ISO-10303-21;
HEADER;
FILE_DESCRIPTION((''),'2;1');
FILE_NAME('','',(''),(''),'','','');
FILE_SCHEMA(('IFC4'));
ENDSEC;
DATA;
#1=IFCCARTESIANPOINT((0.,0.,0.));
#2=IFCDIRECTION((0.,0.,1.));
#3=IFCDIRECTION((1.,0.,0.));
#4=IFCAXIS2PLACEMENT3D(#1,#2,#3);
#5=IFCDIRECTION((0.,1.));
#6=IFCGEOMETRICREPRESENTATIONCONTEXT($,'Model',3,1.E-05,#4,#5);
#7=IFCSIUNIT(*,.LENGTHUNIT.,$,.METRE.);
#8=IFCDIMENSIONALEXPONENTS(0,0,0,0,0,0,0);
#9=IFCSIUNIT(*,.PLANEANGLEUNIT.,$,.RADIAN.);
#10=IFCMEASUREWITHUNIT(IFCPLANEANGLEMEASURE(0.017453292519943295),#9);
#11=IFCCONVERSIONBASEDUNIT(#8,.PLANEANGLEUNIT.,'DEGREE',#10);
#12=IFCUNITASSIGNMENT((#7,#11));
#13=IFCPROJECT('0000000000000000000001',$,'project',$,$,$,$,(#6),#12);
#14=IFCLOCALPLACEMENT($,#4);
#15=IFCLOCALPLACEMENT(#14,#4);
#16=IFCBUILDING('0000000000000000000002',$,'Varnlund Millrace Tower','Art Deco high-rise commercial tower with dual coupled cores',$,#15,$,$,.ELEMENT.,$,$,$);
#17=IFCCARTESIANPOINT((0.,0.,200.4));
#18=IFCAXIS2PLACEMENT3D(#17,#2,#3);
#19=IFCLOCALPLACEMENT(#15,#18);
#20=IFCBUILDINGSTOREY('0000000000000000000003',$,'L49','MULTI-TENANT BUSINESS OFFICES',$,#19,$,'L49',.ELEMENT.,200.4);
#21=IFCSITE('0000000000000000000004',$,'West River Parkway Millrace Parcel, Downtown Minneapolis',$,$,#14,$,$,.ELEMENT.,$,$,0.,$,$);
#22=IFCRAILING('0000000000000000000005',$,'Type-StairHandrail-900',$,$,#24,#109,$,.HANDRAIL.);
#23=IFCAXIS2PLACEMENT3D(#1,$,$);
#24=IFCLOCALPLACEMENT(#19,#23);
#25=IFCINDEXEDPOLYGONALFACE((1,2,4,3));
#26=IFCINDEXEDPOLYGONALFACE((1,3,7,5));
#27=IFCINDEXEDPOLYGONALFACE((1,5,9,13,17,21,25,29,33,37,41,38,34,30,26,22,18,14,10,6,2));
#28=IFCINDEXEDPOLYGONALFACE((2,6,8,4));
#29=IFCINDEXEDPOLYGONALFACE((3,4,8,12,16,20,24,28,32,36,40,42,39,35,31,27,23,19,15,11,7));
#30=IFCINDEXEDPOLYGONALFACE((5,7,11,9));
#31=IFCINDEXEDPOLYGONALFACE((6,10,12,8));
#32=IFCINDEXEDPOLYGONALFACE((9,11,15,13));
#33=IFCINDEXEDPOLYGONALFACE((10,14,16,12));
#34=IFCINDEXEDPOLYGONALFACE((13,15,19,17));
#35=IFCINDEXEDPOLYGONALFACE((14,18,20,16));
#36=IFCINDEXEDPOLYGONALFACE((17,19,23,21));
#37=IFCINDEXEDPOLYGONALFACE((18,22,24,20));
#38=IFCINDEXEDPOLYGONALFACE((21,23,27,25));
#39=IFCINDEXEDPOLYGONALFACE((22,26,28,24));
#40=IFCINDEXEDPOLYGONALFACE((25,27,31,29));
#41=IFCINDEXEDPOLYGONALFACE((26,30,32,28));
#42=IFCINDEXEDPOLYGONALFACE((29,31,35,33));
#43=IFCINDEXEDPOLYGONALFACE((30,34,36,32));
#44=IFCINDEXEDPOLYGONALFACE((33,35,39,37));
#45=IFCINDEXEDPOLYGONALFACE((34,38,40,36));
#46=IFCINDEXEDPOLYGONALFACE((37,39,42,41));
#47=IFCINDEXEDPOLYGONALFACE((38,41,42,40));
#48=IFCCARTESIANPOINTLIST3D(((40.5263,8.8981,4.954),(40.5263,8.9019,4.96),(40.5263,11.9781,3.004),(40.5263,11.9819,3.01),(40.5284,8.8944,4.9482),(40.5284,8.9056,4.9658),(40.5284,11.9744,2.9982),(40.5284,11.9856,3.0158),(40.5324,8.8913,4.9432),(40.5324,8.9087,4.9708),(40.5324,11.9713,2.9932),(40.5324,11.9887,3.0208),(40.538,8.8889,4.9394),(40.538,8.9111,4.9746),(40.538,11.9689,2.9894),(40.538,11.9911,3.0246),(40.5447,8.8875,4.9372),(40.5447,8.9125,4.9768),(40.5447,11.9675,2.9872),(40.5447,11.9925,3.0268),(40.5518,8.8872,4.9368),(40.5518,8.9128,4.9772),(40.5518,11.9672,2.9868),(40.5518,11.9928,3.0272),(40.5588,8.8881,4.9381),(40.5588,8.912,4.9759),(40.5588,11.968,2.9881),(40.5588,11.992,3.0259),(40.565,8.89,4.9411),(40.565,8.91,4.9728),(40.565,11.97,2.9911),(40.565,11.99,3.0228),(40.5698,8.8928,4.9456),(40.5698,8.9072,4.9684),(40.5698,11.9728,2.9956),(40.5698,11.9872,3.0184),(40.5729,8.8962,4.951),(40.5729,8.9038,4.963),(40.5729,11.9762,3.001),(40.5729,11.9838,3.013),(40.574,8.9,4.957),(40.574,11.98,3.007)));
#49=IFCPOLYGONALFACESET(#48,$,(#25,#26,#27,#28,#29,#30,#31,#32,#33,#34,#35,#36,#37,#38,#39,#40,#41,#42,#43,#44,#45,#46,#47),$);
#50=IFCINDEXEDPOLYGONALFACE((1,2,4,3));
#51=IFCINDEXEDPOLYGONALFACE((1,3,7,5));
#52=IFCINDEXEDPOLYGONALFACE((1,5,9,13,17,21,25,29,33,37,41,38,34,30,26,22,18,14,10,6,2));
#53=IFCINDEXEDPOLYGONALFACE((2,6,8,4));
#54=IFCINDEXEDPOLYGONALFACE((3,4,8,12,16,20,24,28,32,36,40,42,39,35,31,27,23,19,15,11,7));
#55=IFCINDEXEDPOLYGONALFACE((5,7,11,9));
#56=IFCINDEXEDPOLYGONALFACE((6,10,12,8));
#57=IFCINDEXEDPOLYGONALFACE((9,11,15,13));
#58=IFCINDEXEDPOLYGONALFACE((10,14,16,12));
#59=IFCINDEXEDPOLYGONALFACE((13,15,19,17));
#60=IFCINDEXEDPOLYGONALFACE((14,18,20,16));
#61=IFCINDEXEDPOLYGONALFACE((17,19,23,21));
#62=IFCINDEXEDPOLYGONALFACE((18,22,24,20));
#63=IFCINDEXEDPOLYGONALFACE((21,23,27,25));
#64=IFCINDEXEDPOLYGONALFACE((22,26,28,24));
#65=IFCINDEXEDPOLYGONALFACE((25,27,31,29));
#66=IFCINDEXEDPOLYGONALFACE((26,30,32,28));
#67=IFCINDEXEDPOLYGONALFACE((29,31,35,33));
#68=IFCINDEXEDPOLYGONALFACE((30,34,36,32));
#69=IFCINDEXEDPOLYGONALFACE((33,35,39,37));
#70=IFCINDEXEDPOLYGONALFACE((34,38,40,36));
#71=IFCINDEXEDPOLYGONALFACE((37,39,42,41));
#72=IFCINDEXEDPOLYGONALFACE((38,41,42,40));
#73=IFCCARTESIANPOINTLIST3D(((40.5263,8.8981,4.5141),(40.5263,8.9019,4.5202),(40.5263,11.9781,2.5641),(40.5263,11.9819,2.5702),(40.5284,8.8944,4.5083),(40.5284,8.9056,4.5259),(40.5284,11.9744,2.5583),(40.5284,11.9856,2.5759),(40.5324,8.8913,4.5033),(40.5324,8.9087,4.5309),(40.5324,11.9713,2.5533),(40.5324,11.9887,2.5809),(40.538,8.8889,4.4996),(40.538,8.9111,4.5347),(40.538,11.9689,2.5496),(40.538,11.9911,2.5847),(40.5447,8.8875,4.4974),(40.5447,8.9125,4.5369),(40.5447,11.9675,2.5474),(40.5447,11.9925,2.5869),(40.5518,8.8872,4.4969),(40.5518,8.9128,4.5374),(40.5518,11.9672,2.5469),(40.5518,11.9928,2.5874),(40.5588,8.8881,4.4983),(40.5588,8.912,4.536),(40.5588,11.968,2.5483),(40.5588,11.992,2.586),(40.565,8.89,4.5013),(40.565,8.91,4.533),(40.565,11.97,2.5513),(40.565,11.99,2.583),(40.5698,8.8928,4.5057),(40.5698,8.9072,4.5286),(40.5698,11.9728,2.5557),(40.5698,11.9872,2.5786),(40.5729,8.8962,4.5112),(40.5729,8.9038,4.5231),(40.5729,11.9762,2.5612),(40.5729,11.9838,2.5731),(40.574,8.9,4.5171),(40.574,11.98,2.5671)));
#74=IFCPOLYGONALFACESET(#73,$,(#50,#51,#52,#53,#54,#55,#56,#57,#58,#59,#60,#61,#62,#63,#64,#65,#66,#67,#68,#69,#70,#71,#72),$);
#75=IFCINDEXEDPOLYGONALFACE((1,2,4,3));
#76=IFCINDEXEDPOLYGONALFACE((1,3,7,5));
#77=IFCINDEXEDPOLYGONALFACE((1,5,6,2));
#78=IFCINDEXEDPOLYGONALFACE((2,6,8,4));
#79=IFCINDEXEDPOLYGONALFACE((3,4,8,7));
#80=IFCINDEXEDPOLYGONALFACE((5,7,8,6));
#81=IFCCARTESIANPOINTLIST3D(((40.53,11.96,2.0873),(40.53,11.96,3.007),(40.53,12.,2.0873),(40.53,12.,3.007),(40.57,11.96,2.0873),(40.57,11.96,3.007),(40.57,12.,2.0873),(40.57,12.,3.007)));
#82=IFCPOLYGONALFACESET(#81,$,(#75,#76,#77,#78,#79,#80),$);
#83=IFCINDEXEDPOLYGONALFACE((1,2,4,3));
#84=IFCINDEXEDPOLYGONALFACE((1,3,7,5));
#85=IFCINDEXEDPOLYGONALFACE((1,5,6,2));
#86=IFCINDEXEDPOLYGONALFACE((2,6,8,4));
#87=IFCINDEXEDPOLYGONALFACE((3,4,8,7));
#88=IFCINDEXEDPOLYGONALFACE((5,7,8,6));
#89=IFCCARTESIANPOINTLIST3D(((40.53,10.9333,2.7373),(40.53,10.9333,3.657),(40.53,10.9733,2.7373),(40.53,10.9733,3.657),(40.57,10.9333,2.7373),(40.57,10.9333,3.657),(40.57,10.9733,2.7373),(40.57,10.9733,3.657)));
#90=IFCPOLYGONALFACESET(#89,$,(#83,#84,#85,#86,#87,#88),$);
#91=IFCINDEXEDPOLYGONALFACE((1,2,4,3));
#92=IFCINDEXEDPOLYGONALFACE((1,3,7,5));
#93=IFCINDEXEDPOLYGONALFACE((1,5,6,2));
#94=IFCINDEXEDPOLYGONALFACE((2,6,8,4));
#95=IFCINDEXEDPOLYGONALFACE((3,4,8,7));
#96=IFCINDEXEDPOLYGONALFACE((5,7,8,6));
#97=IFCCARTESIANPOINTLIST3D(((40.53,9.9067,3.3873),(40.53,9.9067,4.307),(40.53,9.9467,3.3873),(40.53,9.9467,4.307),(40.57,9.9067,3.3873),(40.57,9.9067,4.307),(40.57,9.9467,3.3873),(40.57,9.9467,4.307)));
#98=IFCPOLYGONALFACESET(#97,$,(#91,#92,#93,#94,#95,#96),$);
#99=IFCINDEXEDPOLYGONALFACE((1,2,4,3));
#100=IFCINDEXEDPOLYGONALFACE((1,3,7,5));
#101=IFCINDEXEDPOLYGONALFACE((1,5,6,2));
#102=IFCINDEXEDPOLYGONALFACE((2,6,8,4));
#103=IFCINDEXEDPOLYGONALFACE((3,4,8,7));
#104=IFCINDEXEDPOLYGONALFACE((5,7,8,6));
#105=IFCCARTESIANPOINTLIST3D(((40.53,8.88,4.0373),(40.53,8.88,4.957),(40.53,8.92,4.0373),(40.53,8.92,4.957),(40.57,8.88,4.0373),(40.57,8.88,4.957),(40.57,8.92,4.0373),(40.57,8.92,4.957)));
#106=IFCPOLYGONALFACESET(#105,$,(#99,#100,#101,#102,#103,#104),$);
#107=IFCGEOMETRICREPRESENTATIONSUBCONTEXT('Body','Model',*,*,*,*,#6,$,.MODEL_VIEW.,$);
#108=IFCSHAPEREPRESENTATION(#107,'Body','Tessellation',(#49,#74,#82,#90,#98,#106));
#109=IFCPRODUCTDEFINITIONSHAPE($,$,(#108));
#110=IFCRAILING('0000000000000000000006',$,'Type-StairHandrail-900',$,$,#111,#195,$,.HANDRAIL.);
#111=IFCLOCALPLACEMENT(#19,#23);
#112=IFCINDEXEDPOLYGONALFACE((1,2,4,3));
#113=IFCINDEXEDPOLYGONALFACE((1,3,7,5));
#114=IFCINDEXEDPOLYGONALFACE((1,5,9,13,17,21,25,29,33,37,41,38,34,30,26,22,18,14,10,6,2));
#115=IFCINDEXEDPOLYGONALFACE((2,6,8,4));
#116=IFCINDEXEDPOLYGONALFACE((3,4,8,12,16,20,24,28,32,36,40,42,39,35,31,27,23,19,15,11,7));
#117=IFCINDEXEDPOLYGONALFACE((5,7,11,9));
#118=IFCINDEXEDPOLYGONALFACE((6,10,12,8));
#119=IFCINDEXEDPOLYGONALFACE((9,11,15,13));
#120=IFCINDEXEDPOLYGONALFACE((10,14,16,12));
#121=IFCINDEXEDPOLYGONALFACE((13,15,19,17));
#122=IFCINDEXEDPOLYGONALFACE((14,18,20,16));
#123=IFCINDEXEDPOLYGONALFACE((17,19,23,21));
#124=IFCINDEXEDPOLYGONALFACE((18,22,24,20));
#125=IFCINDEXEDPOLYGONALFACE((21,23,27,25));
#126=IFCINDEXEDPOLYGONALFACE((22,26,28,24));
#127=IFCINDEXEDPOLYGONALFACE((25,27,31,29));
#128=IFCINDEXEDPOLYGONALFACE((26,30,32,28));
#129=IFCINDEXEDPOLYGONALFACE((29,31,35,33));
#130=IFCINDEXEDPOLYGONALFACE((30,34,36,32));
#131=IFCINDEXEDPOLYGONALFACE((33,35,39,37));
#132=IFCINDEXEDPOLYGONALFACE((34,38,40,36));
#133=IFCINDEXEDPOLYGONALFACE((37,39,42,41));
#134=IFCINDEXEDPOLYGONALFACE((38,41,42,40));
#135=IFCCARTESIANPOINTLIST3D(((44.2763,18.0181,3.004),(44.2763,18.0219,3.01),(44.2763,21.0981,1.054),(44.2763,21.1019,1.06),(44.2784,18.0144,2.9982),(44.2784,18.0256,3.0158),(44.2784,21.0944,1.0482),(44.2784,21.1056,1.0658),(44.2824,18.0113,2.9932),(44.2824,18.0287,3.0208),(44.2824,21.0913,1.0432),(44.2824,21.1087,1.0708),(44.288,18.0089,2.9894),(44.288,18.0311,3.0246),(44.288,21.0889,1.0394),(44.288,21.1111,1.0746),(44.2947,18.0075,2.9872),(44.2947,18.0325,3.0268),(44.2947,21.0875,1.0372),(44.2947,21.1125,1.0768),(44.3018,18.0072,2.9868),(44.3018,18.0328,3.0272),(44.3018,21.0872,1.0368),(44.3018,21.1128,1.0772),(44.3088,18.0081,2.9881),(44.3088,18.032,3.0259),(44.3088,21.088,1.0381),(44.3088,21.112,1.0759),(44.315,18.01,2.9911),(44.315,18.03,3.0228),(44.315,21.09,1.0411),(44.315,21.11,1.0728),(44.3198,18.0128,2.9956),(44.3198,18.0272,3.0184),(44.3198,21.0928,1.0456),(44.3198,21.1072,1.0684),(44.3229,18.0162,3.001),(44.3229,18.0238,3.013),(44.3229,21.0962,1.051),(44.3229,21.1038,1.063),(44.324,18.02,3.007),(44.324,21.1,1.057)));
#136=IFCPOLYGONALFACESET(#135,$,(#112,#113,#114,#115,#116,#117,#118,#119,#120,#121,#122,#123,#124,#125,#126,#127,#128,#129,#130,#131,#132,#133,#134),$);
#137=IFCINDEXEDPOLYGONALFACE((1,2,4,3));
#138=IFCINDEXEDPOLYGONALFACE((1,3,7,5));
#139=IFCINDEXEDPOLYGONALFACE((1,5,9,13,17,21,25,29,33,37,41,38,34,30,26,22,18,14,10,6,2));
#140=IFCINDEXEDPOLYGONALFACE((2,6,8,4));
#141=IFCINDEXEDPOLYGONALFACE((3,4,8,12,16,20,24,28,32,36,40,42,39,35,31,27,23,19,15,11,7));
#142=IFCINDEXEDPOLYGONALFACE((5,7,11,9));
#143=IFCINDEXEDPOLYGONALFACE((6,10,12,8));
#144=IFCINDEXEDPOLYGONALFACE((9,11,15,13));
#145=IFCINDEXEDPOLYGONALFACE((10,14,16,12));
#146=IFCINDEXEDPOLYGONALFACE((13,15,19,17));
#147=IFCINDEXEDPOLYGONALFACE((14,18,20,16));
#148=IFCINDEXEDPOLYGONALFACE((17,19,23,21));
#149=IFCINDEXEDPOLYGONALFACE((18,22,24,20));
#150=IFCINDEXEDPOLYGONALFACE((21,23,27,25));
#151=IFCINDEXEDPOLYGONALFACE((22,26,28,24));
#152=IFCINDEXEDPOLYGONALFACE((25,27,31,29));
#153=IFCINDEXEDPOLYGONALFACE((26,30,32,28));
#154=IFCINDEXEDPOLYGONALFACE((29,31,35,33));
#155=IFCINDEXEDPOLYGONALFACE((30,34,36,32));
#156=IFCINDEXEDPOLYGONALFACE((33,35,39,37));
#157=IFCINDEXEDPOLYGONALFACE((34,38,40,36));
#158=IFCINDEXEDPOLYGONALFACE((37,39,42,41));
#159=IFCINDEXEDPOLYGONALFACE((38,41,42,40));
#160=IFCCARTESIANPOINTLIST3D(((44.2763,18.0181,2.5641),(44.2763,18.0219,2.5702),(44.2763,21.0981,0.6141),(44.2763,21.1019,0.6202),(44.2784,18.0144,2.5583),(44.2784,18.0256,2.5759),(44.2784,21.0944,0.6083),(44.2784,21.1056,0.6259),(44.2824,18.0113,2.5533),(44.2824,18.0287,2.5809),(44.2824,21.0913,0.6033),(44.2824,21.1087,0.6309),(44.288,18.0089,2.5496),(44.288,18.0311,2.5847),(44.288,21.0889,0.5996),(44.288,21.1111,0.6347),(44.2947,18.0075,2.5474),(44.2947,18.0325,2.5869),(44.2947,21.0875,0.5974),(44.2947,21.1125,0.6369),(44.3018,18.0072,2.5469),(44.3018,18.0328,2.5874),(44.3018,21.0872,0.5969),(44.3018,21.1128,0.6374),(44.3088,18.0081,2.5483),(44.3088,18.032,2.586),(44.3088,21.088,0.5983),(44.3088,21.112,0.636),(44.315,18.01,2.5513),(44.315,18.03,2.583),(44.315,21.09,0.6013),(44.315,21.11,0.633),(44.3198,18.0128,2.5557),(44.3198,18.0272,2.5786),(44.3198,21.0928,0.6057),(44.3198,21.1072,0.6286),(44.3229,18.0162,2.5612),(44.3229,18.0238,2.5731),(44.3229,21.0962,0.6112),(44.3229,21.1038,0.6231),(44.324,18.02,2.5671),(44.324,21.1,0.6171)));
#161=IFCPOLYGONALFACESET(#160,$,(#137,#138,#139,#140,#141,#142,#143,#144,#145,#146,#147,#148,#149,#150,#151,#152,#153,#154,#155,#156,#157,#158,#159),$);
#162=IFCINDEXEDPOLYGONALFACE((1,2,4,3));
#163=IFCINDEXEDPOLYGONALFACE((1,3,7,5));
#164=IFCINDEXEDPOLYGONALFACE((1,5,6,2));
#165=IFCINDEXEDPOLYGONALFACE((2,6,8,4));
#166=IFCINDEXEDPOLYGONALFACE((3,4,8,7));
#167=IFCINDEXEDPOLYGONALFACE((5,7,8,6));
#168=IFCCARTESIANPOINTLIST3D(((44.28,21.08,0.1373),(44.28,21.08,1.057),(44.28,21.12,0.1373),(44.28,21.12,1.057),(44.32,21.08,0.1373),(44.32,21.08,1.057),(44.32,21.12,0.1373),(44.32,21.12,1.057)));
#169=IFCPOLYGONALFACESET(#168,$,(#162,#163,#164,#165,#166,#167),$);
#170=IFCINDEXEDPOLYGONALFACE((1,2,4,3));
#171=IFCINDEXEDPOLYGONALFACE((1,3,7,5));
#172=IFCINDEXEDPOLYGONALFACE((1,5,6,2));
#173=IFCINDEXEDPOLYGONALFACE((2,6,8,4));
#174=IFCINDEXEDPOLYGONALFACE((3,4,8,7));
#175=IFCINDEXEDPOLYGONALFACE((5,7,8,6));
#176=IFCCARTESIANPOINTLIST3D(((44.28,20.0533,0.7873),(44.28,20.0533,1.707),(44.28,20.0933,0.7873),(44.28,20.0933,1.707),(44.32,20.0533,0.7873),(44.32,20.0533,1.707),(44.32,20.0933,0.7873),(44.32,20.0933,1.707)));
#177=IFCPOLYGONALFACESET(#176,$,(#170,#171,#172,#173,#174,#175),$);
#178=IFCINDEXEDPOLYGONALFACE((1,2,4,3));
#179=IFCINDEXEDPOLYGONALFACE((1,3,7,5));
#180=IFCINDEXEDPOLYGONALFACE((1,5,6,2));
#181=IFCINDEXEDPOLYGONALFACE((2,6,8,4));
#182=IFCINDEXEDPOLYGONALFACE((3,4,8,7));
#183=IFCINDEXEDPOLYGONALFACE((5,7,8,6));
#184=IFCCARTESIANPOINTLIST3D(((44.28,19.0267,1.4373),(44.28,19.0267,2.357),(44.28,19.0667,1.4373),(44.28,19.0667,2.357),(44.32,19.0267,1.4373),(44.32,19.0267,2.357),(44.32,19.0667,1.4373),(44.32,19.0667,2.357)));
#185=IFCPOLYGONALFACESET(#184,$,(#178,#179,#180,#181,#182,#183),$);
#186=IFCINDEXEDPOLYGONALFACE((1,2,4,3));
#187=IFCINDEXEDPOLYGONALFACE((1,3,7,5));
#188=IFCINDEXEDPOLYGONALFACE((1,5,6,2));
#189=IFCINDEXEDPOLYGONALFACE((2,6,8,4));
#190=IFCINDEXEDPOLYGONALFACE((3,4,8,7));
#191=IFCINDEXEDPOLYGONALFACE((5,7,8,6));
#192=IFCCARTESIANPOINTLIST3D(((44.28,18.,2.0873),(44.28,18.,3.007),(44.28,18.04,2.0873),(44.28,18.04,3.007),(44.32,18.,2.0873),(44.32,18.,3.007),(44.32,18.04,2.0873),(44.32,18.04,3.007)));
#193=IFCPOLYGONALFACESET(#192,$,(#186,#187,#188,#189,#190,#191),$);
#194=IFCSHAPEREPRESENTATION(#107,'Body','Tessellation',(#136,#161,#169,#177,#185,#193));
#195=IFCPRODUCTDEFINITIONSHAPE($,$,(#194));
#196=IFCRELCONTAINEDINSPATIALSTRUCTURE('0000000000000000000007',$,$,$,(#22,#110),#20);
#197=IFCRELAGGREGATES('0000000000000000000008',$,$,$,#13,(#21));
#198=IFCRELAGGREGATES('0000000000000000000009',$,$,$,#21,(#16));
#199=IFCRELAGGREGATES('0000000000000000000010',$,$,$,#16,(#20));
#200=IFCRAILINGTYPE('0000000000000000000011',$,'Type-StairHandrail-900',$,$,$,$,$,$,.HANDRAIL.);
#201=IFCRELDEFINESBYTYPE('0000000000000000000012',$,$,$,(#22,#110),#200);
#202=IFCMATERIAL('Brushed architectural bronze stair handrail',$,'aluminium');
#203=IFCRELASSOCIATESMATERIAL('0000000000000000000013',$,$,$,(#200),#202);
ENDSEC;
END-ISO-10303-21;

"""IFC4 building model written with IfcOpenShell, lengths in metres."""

from ifc_helpers import new_model, entity, si_unit, converted_unit, direction, frame, origin_with_axes, origin_2d_with_axis, place, context, subcontext, project, spatial, rectangle, circle, extrude, material, type_object, element, save


model = new_model("IFC4")

# Units and contexts
model_context = context("Model", 3, precision=1e-05, world=origin_with_axes(), true_north=direction((0.0, 1.0)))
body_context = subcontext(model_context, "Body", "Model", "MODEL_VIEW")
ifc_project = project(units=[si_unit("LENGTHUNIT", "METRE"), converted_unit("PLANEANGLEUNIT", "DEGREE", entity("IfcPlaneAngleMeasure", 0.017453292519943295), si_unit("PLANEANGLEUNIT", "RADIAN"), dimensions=[0, 0, 0, 0, 0, 0, 0])], contexts=[model_context])

# Site, building, storey
site_placement = place(None, origin_with_axes())
site = spatial("IfcSite", under=ifc_project, at=site_placement, Name="West River Parkway Millrace Parcel, Downtown Minneapolis", CompositionType="ELEMENT", RefElevation=0.0)
building_placement = place(site_placement, origin_with_axes())
building = spatial("IfcBuilding", under=site, at=building_placement, Name="Varnlund Millrace Tower", Description="Art Deco high-rise commercial tower with dual coupled cores", CompositionType="ELEMENT")
storey_placement = place(building_placement, frame((0.0, 0.0, 200.4), z_axis=(0.0, 0.0, 1.0), x_axis=(1.0, 0.0, 0.0)))
storey = spatial("IfcBuildingStorey", under=building, at=storey_placement, Name="L49", Description="MULTI-TENANT BUSINESS OFFICES", LongName="L49", CompositionType="ELEMENT", Elevation=200.4)

# Railings
ifc_material_1 = material(Name="Brushed architectural bronze stair handrail", Category="aluminium")
railing_type_1 = type_object("IfcRailingType", Name="Type-StairHandrail-900", PredefinedType="HANDRAIL", material=ifc_material_1)
railing_1_placement = place(storey_placement, frame((0.0, 0.0, -200.4), z_axis=(0.0, 0.0, 1.0), x_axis=(1.0, 0.0, 0.0)))
element("IfcRailing", 1, at=railing_1_placement, inside=storey, type_object=railing_type_1, Name="Type-StairHandrail-900", PredefinedType="HANDRAIL", context=body_context, shape_type="SweptSolid", body=[
    extrude(circle(Radius=0.024, at=origin_2d_with_axis()), frame((40.55, 11.98, 203.407), z_axis=(0.0, -0.844902, 0.534922), x_axis=(1.0, 0.0, 0.0)), (0.0, 0.0, 1.0), 3.6454),
    extrude(circle(Radius=0.024, at=origin_2d_with_axis()), frame((40.55, 11.98, 202.9671), z_axis=(0.0, -0.844902, 0.534922), x_axis=(1.0, 0.0, 0.0)), (0.0, 0.0, 1.0), 3.6454),
    extrude(rectangle(XDim=0.04, YDim=0.04, at=origin_2d_with_axis()), frame((40.55, 11.98, 202.4873), z_axis=(0.0, 0.0, 1.0), x_axis=(1.0, 0.0, 0.0)), (0.0, 0.0, 1.0), 0.9197),
    extrude(rectangle(XDim=0.04, YDim=0.04, at=origin_2d_with_axis()), frame((40.55, 10.9533, 203.1373), z_axis=(0.0, 0.0, 1.0), x_axis=(1.0, 0.0, 0.0)), (0.0, 0.0, 1.0), 0.9197),
    extrude(rectangle(XDim=0.04, YDim=0.04, at=origin_2d_with_axis()), frame((40.55, 9.9267, 203.7873), z_axis=(0.0, 0.0, 1.0), x_axis=(1.0, 0.0, 0.0)), (0.0, 0.0, 1.0), 0.9197),
    extrude(rectangle(XDim=0.04, YDim=0.04, at=origin_2d_with_axis()), frame((40.55, 8.9, 204.4373), z_axis=(0.0, 0.0, 1.0), x_axis=(1.0, 0.0, 0.0)), (0.0, 0.0, 1.0), 0.9197),
])
railing_2_placement = place(storey_placement, frame((0.0, 0.0, -200.4), z_axis=(0.0, 0.0, 1.0), x_axis=(1.0, 0.0, 0.0)))
element("IfcRailing", 2, at=railing_2_placement, inside=storey, type_object=railing_type_1, Name="Type-StairHandrail-900", PredefinedType="HANDRAIL", context=body_context, shape_type="SweptSolid", body=[
    extrude(circle(Radius=0.024, at=origin_2d_with_axis()), frame((44.3, 21.1, 201.457), z_axis=(0.0, -0.844902, 0.534922), x_axis=(1.0, 0.0, 0.0)), (0.0, 0.0, 1.0), 3.6454),
    extrude(circle(Radius=0.024, at=origin_2d_with_axis()), frame((44.3, 21.1, 201.0171), z_axis=(0.0, -0.844902, 0.534922), x_axis=(1.0, 0.0, 0.0)), (0.0, 0.0, 1.0), 3.6454),
    extrude(rectangle(XDim=0.04, YDim=0.04, at=origin_2d_with_axis()), frame((44.3, 21.1, 200.5373), z_axis=(0.0, 0.0, 1.0), x_axis=(1.0, 0.0, 0.0)), (0.0, 0.0, 1.0), 0.9197),
    extrude(rectangle(XDim=0.04, YDim=0.04, at=origin_2d_with_axis()), frame((44.3, 20.0733, 201.1873), z_axis=(0.0, 0.0, 1.0), x_axis=(1.0, 0.0, 0.0)), (0.0, 0.0, 1.0), 0.9197),
    extrude(rectangle(XDim=0.04, YDim=0.04, at=origin_2d_with_axis()), frame((44.3, 19.0467, 201.8373), z_axis=(0.0, 0.0, 1.0), x_axis=(1.0, 0.0, 0.0)), (0.0, 0.0, 1.0), 0.9197),
    extrude(rectangle(XDim=0.04, YDim=0.04, at=origin_2d_with_axis()), frame((44.3, 18.02, 202.4873), z_axis=(0.0, 0.0, 1.0), x_axis=(1.0, 0.0, 0.0)), (0.0, 0.0, 1.0), 0.9197),
])

save(model, "model.ifc")
